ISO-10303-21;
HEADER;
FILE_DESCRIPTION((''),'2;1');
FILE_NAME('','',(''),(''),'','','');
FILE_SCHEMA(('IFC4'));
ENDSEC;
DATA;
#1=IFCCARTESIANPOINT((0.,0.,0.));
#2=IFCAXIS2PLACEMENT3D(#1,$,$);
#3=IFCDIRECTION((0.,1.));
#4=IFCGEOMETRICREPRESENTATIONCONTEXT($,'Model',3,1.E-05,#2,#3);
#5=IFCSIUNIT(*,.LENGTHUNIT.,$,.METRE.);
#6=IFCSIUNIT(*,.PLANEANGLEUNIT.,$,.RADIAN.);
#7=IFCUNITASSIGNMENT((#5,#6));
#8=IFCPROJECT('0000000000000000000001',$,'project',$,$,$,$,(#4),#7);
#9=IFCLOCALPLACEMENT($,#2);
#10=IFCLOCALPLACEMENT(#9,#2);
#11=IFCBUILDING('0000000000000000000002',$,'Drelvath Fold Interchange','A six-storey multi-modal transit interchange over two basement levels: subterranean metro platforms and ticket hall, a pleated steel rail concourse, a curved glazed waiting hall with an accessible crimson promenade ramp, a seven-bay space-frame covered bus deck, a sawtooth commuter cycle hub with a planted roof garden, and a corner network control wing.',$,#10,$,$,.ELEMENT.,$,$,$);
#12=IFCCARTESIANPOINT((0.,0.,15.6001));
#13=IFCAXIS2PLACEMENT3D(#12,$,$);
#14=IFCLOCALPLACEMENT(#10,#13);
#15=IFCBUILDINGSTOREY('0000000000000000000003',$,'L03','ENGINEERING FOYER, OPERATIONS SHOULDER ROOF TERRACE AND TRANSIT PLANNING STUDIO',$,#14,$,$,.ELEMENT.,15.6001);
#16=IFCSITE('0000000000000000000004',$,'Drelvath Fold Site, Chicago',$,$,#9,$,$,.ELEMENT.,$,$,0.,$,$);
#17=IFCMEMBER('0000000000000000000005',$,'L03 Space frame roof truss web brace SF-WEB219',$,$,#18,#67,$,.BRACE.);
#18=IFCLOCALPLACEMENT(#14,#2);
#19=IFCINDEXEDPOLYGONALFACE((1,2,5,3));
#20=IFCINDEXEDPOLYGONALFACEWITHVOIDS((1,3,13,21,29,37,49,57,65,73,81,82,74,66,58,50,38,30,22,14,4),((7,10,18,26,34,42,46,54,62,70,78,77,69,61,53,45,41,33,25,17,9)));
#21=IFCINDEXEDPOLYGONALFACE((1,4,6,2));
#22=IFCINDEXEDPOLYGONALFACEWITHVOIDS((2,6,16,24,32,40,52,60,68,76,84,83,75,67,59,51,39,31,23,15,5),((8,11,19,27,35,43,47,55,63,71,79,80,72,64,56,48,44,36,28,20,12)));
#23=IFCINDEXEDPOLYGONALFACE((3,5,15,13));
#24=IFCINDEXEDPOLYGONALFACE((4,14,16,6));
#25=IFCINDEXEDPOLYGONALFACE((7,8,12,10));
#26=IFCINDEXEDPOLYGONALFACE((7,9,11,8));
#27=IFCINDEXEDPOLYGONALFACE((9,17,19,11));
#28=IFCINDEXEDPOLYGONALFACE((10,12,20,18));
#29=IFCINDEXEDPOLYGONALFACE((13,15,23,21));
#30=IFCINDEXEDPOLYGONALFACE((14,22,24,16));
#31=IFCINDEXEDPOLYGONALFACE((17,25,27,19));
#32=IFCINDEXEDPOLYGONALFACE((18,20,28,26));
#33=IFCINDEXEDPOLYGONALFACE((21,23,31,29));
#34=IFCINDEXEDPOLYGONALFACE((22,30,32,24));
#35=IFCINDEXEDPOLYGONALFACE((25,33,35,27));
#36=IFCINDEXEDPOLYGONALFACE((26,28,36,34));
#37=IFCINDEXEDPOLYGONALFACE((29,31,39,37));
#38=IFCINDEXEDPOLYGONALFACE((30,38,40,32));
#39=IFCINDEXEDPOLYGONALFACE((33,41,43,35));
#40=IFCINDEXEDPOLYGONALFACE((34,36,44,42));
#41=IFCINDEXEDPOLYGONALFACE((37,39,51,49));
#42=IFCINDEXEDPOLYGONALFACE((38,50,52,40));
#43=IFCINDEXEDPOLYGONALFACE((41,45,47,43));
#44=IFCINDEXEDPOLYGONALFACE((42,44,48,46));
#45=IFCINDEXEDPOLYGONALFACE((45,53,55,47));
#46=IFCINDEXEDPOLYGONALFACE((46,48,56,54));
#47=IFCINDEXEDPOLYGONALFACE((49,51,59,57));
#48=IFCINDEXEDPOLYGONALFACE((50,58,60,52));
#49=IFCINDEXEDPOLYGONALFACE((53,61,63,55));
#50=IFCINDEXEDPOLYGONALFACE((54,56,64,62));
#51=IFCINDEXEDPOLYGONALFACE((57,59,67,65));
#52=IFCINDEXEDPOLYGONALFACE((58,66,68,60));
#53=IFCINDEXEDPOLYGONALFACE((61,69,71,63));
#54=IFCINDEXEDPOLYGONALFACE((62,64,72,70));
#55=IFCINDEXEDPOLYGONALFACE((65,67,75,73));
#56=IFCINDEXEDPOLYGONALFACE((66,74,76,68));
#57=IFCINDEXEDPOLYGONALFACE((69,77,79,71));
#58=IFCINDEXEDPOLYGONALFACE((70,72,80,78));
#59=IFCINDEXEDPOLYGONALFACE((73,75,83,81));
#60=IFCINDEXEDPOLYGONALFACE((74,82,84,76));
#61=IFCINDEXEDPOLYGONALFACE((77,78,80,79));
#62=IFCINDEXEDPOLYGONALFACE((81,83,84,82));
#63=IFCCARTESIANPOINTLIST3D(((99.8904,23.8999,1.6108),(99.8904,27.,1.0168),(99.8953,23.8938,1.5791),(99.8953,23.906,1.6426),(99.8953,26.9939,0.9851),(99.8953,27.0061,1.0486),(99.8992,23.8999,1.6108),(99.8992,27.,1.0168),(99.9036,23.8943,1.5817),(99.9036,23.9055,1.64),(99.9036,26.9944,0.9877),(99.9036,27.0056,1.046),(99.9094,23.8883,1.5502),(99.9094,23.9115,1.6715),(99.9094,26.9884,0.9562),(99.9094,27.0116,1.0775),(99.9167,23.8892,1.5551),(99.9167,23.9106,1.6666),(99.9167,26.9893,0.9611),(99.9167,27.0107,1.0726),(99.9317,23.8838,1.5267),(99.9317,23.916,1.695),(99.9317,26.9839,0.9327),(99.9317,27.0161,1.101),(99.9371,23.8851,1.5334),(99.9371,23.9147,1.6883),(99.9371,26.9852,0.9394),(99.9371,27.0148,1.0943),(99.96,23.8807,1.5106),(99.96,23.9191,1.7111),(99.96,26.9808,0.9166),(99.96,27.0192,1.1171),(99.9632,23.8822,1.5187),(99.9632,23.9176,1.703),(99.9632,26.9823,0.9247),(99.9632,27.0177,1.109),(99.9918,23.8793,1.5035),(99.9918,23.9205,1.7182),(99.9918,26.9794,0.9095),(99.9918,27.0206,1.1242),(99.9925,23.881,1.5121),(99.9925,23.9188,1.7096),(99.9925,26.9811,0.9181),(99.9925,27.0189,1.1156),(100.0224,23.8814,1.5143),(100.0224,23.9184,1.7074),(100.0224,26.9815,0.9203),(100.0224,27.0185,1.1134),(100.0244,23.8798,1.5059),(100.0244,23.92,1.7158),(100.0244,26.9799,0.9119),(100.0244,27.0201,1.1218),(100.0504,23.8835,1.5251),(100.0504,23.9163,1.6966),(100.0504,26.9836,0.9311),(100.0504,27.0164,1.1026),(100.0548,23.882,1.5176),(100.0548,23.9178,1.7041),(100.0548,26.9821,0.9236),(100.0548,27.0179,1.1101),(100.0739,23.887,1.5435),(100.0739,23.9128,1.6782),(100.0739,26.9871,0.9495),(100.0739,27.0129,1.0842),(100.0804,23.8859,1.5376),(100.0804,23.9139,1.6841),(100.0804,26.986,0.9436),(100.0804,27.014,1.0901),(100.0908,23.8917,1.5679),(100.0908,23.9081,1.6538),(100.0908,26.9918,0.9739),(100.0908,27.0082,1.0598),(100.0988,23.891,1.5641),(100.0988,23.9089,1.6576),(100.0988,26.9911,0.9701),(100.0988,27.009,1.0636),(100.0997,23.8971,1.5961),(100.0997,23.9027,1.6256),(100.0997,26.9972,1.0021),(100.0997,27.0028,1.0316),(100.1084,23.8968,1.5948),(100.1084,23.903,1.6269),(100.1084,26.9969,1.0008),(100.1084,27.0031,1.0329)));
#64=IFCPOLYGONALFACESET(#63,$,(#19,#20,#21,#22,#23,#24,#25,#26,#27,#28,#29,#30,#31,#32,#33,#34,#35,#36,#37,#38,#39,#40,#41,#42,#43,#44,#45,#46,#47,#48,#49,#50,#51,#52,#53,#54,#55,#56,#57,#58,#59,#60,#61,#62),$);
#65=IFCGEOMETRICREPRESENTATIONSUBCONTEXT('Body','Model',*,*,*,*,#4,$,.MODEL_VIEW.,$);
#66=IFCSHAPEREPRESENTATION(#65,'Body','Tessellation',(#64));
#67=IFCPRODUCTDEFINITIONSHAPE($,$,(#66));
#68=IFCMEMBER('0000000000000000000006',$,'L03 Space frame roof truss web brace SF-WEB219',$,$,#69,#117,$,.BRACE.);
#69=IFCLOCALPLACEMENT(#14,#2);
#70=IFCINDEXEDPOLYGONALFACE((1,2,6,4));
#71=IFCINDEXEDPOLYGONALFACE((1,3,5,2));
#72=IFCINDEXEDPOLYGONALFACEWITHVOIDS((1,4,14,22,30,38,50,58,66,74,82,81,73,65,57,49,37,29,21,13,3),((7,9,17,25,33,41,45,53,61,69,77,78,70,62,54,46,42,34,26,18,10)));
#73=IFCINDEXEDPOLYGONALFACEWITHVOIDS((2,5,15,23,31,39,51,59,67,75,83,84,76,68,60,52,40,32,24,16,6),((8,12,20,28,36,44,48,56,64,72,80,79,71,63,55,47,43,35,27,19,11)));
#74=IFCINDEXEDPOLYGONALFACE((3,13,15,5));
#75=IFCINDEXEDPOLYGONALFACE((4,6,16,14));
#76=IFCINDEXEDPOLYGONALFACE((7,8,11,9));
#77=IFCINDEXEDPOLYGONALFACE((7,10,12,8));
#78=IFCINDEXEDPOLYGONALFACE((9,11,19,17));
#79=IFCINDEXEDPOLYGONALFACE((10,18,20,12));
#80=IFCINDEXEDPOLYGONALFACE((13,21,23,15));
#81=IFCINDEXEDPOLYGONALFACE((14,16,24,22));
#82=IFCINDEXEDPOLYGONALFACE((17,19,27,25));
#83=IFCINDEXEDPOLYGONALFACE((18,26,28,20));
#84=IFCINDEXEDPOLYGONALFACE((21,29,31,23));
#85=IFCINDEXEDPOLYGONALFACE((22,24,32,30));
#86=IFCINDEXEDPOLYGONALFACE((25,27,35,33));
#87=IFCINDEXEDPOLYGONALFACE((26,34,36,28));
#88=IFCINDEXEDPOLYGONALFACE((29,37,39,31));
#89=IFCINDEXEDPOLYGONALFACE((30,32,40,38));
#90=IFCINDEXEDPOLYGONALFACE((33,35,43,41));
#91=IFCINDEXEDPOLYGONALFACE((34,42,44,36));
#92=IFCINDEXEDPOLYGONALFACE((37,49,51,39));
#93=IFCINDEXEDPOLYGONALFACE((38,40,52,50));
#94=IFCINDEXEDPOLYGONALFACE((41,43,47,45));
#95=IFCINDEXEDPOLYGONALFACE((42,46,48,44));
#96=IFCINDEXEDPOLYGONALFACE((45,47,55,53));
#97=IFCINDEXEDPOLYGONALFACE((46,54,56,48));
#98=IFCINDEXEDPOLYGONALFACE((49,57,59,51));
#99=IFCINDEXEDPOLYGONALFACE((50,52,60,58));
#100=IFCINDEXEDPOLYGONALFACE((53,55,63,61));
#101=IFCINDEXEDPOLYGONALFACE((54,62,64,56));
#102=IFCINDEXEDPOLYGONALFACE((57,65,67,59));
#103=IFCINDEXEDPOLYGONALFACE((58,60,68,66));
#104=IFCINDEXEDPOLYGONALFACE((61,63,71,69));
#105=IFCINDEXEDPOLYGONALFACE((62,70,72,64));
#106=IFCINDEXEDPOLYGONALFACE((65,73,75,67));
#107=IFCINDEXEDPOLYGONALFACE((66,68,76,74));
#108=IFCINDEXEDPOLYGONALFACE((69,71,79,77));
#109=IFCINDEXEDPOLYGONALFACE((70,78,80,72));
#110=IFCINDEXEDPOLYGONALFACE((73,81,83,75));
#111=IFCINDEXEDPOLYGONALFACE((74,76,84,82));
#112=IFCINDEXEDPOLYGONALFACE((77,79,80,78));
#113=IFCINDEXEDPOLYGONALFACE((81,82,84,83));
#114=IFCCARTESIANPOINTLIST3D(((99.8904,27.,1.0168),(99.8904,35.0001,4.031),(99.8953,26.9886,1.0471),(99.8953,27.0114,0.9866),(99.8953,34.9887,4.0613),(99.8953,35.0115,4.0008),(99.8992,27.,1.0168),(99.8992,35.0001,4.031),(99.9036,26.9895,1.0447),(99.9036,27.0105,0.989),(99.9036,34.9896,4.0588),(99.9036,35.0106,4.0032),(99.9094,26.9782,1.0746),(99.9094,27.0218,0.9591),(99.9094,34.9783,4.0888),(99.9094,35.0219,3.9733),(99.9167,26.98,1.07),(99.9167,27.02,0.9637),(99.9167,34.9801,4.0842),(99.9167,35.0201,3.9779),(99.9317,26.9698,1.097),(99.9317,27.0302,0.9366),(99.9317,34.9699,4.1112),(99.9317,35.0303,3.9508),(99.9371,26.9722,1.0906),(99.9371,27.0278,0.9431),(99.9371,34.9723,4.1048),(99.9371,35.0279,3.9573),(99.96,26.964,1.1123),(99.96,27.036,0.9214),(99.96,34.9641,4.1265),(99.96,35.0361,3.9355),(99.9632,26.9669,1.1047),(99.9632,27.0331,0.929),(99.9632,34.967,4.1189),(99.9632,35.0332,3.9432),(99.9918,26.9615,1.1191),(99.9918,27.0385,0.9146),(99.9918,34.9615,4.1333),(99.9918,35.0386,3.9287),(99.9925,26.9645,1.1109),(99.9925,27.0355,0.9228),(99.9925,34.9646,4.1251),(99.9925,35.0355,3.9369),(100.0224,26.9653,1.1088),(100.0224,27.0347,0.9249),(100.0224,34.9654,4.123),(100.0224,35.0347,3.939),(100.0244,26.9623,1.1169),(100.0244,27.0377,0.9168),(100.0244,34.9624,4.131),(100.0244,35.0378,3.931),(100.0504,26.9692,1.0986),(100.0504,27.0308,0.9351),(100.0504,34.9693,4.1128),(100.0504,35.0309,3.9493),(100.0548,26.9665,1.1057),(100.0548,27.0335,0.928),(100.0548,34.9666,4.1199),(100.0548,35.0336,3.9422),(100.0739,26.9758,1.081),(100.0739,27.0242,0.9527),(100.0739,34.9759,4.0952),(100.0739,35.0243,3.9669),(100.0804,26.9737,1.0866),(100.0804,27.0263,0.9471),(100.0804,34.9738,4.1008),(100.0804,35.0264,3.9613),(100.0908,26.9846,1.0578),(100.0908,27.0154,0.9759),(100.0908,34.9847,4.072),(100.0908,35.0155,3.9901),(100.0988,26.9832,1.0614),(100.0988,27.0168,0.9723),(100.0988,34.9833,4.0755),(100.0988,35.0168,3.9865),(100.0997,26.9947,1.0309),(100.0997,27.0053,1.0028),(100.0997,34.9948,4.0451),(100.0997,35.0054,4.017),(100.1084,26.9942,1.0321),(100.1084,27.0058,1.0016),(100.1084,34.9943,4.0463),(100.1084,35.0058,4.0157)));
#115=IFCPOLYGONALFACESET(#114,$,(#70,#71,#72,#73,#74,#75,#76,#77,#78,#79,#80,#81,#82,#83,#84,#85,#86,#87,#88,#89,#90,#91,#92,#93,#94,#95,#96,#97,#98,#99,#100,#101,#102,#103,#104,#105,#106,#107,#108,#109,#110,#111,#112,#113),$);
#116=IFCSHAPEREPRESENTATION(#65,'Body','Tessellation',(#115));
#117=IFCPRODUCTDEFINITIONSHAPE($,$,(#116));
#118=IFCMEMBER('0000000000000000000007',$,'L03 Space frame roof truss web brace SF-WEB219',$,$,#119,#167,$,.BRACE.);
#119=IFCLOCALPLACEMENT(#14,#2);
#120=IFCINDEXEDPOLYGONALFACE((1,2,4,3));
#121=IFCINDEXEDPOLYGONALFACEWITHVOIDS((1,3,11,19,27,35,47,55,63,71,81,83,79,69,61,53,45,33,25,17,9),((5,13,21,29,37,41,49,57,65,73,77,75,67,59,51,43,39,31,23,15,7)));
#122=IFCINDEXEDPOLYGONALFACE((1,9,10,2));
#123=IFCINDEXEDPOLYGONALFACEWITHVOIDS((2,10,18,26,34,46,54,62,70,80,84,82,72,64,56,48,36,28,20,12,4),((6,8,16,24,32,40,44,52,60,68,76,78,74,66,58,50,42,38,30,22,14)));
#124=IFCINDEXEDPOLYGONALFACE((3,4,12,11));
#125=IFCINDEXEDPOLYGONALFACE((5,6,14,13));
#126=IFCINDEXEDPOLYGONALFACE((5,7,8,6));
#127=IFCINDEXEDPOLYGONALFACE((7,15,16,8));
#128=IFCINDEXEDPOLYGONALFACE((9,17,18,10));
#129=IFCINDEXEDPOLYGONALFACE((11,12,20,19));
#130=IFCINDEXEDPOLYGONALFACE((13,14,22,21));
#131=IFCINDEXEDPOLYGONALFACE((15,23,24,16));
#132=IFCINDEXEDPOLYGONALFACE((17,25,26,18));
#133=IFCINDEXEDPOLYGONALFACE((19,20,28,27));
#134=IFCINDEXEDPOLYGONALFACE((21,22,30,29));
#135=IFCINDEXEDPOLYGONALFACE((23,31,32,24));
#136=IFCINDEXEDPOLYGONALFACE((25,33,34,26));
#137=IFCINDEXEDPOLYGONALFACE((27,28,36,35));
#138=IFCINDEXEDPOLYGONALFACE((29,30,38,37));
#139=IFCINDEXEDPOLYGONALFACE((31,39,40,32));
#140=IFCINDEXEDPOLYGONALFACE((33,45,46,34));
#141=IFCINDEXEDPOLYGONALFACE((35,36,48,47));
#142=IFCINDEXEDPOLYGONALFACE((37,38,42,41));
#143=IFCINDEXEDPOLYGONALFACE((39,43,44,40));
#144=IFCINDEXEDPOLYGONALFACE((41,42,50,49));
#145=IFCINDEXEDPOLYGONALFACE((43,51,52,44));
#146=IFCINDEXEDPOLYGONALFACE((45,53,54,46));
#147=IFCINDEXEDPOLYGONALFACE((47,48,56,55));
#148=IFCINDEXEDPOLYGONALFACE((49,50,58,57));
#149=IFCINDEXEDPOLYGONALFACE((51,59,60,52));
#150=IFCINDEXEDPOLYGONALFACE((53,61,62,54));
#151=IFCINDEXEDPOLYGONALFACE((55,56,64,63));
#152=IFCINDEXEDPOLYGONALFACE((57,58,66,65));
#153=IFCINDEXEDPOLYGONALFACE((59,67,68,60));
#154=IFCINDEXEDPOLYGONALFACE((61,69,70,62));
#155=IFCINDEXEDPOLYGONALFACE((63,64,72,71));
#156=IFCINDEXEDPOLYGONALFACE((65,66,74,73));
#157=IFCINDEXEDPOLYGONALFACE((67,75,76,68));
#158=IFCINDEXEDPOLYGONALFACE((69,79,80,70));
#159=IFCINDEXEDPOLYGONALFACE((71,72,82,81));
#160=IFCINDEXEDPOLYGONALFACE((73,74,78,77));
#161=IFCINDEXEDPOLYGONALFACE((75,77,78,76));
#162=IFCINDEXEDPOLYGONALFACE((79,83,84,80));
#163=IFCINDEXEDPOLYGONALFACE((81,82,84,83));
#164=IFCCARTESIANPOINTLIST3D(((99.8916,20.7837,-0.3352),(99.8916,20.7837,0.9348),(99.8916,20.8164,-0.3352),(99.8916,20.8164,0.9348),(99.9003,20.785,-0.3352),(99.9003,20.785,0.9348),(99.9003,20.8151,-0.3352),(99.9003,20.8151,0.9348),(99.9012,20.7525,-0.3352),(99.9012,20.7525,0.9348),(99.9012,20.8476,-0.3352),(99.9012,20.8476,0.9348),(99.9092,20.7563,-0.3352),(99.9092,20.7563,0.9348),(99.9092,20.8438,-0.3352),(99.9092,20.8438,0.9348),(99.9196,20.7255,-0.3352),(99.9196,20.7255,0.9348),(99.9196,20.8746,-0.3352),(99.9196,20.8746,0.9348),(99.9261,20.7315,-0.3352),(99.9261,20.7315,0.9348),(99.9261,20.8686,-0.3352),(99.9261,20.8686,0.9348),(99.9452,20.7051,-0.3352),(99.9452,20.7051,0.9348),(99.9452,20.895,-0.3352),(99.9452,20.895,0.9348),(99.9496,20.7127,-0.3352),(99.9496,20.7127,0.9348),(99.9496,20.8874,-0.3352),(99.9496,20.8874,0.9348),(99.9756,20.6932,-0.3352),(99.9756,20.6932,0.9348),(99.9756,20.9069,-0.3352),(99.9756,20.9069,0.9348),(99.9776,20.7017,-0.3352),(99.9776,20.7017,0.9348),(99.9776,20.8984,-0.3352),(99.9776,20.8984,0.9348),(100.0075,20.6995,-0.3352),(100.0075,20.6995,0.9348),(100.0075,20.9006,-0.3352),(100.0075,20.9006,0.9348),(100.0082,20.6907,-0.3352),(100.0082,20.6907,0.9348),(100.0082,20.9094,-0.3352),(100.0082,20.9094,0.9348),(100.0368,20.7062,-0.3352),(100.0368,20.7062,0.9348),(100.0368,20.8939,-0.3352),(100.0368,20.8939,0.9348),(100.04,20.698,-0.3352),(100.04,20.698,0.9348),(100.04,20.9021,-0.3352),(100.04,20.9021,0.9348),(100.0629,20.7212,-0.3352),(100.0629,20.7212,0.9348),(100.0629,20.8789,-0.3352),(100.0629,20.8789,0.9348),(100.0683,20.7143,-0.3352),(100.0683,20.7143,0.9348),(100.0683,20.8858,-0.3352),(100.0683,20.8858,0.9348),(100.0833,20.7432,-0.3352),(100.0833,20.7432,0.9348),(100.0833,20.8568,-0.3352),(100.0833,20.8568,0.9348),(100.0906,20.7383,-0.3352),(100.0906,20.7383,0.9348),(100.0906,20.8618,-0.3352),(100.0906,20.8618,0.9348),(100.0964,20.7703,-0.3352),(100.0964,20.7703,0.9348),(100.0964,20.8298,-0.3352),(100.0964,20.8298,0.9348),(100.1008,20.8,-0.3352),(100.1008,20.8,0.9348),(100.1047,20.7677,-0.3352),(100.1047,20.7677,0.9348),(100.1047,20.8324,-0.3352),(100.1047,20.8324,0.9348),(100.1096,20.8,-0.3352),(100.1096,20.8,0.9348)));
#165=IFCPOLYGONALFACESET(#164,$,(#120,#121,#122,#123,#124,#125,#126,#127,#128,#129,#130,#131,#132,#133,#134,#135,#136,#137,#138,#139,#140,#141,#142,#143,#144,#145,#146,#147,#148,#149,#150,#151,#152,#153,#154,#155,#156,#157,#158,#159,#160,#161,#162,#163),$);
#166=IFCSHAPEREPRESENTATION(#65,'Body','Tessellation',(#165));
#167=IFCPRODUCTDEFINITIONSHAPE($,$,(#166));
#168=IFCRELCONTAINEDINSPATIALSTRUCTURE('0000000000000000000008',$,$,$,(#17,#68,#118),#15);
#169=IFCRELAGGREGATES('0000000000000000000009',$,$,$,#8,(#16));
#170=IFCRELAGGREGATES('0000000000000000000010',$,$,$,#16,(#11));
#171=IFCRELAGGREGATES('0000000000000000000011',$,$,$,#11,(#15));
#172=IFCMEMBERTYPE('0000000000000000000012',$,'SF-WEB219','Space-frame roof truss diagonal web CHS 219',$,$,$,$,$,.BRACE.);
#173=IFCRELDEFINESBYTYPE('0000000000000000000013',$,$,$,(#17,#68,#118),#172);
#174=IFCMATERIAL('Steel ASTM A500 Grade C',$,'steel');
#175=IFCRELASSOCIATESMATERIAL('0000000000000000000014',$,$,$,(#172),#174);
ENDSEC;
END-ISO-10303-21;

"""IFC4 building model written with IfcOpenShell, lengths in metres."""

from ifc_helpers import new_model, si_unit, direction, frame, origin, origin_2d, place, context, subcontext, project, spatial, hollow_circle, extrude, material, material_profile, profile_set, type_object, element, save


model = new_model("IFC4")

# Units and contexts
model_context = context("Model", 3, precision=1e-05, world=origin(), true_north=direction((0.0, 1.0)))
body_context = subcontext(model_context, "Body", "Model", "MODEL_VIEW")
ifc_project = project(units=[si_unit("LENGTHUNIT", "METRE"), si_unit("PLANEANGLEUNIT", "RADIAN")], contexts=[model_context])

# Site, building, storey
site_placement = place(None, origin())
site = spatial("IfcSite", under=ifc_project, at=site_placement, Name="Drelvath Fold Site, Chicago", CompositionType="ELEMENT", RefElevation=0.0)
building_placement = place(site_placement, origin())
building = spatial("IfcBuilding", under=site, at=building_placement, Name="Drelvath Fold Interchange", Description="A six-storey multi-modal transit interchange over two basement levels: subterranean metro platforms and ticket hall, a pleated steel rail concourse, a curved glazed waiting hall with an accessible crimson promenade ramp, a seven-bay space-frame covered bus deck, a sawtooth commuter cycle hub with a planted roof garden, and a corner network control wing.", CompositionType="ELEMENT")
storey_placement = place(building_placement, frame((0.0, 0.0, 15.6001)))
storey = spatial("IfcBuildingStorey", under=building, at=storey_placement, Name="L03", Description="ENGINEERING FOYER, OPERATIONS SHOULDER ROOF TERRACE AND TRANSIT PLANNING STUDIO", CompositionType="ELEMENT", Elevation=15.6001)

# Shared definitions
ifc_material_1 = material(Name="Steel ASTM A500 Grade C", Category="steel")

# Members
ifc_material_profile_1 = material_profile(ifc_material_1, hollow_circle(Radius=0.1096, WallThickness=0.0088, at=origin_2d()), Name="HSS8.625X0.375")
ifc_profile_set_1 = profile_set([ifc_material_profile_1], Name="Steel ASTM A500 Grade C")
member_type_1 = type_object("IfcMemberType", Name="SF-WEB219", Description="Space-frame roof truss diagonal web CHS 219", PredefinedType="BRACE", material=ifc_profile_set_1)
member_1_placement = place(storey_placement, frame((100.0, 23.8999, 1.6108), z_axis=(0.0, 0.982134, -0.188182), x_axis=(-1.0, 0.0, 0.0)))
element("IfcMember", 1, at=member_1_placement, inside=storey, type_object=member_type_1, Name="L03 Space frame roof truss web brace SF-WEB219", PredefinedType="BRACE", context=body_context, shape_type="SweptSolid", body=[
    extrude(hollow_circle(Radius=0.1096, WallThickness=0.0088, at=origin_2d()), origin(), (0.0, 0.0, 1.0), 3.1565),
])
member_2_placement = place(storey_placement, frame((100.0, 27.0, 1.0168), z_axis=(0.0, 0.935783, 0.352575), x_axis=(-1.0, 0.0, 0.0)))
element("IfcMember", 2, at=member_2_placement, inside=storey, type_object=member_type_1, Name="L03 Space frame roof truss web brace SF-WEB219", PredefinedType="BRACE", context=body_context, shape_type="SweptSolid", body=[
    extrude(hollow_circle(Radius=0.1096, WallThickness=0.0088, at=origin_2d()), origin(), (0.0, 0.0, 1.0), 8.5491),
])
for number, where, z_axis, x_axis, name in (
    (3, (100.0, 20.8, -0.3352), (0.0, 0.0, 1.0), (1.0, 0.0, 0.0), "L03 Space frame roof truss web brace SF-WEB219"),
):
    element("IfcMember", number, at=place(storey_placement, frame(where, z_axis=z_axis, x_axis=x_axis)), inside=storey, type_object=member_type_1, Name=name, PredefinedType="BRACE", context=body_context, shape_type="SweptSolid", body=[
        extrude(hollow_circle(Radius=0.1096, WallThickness=0.0088, at=origin_2d()), origin(), (0.0, 0.0, 1.0), 1.27),
    ])

save(model, "model.ifc")
